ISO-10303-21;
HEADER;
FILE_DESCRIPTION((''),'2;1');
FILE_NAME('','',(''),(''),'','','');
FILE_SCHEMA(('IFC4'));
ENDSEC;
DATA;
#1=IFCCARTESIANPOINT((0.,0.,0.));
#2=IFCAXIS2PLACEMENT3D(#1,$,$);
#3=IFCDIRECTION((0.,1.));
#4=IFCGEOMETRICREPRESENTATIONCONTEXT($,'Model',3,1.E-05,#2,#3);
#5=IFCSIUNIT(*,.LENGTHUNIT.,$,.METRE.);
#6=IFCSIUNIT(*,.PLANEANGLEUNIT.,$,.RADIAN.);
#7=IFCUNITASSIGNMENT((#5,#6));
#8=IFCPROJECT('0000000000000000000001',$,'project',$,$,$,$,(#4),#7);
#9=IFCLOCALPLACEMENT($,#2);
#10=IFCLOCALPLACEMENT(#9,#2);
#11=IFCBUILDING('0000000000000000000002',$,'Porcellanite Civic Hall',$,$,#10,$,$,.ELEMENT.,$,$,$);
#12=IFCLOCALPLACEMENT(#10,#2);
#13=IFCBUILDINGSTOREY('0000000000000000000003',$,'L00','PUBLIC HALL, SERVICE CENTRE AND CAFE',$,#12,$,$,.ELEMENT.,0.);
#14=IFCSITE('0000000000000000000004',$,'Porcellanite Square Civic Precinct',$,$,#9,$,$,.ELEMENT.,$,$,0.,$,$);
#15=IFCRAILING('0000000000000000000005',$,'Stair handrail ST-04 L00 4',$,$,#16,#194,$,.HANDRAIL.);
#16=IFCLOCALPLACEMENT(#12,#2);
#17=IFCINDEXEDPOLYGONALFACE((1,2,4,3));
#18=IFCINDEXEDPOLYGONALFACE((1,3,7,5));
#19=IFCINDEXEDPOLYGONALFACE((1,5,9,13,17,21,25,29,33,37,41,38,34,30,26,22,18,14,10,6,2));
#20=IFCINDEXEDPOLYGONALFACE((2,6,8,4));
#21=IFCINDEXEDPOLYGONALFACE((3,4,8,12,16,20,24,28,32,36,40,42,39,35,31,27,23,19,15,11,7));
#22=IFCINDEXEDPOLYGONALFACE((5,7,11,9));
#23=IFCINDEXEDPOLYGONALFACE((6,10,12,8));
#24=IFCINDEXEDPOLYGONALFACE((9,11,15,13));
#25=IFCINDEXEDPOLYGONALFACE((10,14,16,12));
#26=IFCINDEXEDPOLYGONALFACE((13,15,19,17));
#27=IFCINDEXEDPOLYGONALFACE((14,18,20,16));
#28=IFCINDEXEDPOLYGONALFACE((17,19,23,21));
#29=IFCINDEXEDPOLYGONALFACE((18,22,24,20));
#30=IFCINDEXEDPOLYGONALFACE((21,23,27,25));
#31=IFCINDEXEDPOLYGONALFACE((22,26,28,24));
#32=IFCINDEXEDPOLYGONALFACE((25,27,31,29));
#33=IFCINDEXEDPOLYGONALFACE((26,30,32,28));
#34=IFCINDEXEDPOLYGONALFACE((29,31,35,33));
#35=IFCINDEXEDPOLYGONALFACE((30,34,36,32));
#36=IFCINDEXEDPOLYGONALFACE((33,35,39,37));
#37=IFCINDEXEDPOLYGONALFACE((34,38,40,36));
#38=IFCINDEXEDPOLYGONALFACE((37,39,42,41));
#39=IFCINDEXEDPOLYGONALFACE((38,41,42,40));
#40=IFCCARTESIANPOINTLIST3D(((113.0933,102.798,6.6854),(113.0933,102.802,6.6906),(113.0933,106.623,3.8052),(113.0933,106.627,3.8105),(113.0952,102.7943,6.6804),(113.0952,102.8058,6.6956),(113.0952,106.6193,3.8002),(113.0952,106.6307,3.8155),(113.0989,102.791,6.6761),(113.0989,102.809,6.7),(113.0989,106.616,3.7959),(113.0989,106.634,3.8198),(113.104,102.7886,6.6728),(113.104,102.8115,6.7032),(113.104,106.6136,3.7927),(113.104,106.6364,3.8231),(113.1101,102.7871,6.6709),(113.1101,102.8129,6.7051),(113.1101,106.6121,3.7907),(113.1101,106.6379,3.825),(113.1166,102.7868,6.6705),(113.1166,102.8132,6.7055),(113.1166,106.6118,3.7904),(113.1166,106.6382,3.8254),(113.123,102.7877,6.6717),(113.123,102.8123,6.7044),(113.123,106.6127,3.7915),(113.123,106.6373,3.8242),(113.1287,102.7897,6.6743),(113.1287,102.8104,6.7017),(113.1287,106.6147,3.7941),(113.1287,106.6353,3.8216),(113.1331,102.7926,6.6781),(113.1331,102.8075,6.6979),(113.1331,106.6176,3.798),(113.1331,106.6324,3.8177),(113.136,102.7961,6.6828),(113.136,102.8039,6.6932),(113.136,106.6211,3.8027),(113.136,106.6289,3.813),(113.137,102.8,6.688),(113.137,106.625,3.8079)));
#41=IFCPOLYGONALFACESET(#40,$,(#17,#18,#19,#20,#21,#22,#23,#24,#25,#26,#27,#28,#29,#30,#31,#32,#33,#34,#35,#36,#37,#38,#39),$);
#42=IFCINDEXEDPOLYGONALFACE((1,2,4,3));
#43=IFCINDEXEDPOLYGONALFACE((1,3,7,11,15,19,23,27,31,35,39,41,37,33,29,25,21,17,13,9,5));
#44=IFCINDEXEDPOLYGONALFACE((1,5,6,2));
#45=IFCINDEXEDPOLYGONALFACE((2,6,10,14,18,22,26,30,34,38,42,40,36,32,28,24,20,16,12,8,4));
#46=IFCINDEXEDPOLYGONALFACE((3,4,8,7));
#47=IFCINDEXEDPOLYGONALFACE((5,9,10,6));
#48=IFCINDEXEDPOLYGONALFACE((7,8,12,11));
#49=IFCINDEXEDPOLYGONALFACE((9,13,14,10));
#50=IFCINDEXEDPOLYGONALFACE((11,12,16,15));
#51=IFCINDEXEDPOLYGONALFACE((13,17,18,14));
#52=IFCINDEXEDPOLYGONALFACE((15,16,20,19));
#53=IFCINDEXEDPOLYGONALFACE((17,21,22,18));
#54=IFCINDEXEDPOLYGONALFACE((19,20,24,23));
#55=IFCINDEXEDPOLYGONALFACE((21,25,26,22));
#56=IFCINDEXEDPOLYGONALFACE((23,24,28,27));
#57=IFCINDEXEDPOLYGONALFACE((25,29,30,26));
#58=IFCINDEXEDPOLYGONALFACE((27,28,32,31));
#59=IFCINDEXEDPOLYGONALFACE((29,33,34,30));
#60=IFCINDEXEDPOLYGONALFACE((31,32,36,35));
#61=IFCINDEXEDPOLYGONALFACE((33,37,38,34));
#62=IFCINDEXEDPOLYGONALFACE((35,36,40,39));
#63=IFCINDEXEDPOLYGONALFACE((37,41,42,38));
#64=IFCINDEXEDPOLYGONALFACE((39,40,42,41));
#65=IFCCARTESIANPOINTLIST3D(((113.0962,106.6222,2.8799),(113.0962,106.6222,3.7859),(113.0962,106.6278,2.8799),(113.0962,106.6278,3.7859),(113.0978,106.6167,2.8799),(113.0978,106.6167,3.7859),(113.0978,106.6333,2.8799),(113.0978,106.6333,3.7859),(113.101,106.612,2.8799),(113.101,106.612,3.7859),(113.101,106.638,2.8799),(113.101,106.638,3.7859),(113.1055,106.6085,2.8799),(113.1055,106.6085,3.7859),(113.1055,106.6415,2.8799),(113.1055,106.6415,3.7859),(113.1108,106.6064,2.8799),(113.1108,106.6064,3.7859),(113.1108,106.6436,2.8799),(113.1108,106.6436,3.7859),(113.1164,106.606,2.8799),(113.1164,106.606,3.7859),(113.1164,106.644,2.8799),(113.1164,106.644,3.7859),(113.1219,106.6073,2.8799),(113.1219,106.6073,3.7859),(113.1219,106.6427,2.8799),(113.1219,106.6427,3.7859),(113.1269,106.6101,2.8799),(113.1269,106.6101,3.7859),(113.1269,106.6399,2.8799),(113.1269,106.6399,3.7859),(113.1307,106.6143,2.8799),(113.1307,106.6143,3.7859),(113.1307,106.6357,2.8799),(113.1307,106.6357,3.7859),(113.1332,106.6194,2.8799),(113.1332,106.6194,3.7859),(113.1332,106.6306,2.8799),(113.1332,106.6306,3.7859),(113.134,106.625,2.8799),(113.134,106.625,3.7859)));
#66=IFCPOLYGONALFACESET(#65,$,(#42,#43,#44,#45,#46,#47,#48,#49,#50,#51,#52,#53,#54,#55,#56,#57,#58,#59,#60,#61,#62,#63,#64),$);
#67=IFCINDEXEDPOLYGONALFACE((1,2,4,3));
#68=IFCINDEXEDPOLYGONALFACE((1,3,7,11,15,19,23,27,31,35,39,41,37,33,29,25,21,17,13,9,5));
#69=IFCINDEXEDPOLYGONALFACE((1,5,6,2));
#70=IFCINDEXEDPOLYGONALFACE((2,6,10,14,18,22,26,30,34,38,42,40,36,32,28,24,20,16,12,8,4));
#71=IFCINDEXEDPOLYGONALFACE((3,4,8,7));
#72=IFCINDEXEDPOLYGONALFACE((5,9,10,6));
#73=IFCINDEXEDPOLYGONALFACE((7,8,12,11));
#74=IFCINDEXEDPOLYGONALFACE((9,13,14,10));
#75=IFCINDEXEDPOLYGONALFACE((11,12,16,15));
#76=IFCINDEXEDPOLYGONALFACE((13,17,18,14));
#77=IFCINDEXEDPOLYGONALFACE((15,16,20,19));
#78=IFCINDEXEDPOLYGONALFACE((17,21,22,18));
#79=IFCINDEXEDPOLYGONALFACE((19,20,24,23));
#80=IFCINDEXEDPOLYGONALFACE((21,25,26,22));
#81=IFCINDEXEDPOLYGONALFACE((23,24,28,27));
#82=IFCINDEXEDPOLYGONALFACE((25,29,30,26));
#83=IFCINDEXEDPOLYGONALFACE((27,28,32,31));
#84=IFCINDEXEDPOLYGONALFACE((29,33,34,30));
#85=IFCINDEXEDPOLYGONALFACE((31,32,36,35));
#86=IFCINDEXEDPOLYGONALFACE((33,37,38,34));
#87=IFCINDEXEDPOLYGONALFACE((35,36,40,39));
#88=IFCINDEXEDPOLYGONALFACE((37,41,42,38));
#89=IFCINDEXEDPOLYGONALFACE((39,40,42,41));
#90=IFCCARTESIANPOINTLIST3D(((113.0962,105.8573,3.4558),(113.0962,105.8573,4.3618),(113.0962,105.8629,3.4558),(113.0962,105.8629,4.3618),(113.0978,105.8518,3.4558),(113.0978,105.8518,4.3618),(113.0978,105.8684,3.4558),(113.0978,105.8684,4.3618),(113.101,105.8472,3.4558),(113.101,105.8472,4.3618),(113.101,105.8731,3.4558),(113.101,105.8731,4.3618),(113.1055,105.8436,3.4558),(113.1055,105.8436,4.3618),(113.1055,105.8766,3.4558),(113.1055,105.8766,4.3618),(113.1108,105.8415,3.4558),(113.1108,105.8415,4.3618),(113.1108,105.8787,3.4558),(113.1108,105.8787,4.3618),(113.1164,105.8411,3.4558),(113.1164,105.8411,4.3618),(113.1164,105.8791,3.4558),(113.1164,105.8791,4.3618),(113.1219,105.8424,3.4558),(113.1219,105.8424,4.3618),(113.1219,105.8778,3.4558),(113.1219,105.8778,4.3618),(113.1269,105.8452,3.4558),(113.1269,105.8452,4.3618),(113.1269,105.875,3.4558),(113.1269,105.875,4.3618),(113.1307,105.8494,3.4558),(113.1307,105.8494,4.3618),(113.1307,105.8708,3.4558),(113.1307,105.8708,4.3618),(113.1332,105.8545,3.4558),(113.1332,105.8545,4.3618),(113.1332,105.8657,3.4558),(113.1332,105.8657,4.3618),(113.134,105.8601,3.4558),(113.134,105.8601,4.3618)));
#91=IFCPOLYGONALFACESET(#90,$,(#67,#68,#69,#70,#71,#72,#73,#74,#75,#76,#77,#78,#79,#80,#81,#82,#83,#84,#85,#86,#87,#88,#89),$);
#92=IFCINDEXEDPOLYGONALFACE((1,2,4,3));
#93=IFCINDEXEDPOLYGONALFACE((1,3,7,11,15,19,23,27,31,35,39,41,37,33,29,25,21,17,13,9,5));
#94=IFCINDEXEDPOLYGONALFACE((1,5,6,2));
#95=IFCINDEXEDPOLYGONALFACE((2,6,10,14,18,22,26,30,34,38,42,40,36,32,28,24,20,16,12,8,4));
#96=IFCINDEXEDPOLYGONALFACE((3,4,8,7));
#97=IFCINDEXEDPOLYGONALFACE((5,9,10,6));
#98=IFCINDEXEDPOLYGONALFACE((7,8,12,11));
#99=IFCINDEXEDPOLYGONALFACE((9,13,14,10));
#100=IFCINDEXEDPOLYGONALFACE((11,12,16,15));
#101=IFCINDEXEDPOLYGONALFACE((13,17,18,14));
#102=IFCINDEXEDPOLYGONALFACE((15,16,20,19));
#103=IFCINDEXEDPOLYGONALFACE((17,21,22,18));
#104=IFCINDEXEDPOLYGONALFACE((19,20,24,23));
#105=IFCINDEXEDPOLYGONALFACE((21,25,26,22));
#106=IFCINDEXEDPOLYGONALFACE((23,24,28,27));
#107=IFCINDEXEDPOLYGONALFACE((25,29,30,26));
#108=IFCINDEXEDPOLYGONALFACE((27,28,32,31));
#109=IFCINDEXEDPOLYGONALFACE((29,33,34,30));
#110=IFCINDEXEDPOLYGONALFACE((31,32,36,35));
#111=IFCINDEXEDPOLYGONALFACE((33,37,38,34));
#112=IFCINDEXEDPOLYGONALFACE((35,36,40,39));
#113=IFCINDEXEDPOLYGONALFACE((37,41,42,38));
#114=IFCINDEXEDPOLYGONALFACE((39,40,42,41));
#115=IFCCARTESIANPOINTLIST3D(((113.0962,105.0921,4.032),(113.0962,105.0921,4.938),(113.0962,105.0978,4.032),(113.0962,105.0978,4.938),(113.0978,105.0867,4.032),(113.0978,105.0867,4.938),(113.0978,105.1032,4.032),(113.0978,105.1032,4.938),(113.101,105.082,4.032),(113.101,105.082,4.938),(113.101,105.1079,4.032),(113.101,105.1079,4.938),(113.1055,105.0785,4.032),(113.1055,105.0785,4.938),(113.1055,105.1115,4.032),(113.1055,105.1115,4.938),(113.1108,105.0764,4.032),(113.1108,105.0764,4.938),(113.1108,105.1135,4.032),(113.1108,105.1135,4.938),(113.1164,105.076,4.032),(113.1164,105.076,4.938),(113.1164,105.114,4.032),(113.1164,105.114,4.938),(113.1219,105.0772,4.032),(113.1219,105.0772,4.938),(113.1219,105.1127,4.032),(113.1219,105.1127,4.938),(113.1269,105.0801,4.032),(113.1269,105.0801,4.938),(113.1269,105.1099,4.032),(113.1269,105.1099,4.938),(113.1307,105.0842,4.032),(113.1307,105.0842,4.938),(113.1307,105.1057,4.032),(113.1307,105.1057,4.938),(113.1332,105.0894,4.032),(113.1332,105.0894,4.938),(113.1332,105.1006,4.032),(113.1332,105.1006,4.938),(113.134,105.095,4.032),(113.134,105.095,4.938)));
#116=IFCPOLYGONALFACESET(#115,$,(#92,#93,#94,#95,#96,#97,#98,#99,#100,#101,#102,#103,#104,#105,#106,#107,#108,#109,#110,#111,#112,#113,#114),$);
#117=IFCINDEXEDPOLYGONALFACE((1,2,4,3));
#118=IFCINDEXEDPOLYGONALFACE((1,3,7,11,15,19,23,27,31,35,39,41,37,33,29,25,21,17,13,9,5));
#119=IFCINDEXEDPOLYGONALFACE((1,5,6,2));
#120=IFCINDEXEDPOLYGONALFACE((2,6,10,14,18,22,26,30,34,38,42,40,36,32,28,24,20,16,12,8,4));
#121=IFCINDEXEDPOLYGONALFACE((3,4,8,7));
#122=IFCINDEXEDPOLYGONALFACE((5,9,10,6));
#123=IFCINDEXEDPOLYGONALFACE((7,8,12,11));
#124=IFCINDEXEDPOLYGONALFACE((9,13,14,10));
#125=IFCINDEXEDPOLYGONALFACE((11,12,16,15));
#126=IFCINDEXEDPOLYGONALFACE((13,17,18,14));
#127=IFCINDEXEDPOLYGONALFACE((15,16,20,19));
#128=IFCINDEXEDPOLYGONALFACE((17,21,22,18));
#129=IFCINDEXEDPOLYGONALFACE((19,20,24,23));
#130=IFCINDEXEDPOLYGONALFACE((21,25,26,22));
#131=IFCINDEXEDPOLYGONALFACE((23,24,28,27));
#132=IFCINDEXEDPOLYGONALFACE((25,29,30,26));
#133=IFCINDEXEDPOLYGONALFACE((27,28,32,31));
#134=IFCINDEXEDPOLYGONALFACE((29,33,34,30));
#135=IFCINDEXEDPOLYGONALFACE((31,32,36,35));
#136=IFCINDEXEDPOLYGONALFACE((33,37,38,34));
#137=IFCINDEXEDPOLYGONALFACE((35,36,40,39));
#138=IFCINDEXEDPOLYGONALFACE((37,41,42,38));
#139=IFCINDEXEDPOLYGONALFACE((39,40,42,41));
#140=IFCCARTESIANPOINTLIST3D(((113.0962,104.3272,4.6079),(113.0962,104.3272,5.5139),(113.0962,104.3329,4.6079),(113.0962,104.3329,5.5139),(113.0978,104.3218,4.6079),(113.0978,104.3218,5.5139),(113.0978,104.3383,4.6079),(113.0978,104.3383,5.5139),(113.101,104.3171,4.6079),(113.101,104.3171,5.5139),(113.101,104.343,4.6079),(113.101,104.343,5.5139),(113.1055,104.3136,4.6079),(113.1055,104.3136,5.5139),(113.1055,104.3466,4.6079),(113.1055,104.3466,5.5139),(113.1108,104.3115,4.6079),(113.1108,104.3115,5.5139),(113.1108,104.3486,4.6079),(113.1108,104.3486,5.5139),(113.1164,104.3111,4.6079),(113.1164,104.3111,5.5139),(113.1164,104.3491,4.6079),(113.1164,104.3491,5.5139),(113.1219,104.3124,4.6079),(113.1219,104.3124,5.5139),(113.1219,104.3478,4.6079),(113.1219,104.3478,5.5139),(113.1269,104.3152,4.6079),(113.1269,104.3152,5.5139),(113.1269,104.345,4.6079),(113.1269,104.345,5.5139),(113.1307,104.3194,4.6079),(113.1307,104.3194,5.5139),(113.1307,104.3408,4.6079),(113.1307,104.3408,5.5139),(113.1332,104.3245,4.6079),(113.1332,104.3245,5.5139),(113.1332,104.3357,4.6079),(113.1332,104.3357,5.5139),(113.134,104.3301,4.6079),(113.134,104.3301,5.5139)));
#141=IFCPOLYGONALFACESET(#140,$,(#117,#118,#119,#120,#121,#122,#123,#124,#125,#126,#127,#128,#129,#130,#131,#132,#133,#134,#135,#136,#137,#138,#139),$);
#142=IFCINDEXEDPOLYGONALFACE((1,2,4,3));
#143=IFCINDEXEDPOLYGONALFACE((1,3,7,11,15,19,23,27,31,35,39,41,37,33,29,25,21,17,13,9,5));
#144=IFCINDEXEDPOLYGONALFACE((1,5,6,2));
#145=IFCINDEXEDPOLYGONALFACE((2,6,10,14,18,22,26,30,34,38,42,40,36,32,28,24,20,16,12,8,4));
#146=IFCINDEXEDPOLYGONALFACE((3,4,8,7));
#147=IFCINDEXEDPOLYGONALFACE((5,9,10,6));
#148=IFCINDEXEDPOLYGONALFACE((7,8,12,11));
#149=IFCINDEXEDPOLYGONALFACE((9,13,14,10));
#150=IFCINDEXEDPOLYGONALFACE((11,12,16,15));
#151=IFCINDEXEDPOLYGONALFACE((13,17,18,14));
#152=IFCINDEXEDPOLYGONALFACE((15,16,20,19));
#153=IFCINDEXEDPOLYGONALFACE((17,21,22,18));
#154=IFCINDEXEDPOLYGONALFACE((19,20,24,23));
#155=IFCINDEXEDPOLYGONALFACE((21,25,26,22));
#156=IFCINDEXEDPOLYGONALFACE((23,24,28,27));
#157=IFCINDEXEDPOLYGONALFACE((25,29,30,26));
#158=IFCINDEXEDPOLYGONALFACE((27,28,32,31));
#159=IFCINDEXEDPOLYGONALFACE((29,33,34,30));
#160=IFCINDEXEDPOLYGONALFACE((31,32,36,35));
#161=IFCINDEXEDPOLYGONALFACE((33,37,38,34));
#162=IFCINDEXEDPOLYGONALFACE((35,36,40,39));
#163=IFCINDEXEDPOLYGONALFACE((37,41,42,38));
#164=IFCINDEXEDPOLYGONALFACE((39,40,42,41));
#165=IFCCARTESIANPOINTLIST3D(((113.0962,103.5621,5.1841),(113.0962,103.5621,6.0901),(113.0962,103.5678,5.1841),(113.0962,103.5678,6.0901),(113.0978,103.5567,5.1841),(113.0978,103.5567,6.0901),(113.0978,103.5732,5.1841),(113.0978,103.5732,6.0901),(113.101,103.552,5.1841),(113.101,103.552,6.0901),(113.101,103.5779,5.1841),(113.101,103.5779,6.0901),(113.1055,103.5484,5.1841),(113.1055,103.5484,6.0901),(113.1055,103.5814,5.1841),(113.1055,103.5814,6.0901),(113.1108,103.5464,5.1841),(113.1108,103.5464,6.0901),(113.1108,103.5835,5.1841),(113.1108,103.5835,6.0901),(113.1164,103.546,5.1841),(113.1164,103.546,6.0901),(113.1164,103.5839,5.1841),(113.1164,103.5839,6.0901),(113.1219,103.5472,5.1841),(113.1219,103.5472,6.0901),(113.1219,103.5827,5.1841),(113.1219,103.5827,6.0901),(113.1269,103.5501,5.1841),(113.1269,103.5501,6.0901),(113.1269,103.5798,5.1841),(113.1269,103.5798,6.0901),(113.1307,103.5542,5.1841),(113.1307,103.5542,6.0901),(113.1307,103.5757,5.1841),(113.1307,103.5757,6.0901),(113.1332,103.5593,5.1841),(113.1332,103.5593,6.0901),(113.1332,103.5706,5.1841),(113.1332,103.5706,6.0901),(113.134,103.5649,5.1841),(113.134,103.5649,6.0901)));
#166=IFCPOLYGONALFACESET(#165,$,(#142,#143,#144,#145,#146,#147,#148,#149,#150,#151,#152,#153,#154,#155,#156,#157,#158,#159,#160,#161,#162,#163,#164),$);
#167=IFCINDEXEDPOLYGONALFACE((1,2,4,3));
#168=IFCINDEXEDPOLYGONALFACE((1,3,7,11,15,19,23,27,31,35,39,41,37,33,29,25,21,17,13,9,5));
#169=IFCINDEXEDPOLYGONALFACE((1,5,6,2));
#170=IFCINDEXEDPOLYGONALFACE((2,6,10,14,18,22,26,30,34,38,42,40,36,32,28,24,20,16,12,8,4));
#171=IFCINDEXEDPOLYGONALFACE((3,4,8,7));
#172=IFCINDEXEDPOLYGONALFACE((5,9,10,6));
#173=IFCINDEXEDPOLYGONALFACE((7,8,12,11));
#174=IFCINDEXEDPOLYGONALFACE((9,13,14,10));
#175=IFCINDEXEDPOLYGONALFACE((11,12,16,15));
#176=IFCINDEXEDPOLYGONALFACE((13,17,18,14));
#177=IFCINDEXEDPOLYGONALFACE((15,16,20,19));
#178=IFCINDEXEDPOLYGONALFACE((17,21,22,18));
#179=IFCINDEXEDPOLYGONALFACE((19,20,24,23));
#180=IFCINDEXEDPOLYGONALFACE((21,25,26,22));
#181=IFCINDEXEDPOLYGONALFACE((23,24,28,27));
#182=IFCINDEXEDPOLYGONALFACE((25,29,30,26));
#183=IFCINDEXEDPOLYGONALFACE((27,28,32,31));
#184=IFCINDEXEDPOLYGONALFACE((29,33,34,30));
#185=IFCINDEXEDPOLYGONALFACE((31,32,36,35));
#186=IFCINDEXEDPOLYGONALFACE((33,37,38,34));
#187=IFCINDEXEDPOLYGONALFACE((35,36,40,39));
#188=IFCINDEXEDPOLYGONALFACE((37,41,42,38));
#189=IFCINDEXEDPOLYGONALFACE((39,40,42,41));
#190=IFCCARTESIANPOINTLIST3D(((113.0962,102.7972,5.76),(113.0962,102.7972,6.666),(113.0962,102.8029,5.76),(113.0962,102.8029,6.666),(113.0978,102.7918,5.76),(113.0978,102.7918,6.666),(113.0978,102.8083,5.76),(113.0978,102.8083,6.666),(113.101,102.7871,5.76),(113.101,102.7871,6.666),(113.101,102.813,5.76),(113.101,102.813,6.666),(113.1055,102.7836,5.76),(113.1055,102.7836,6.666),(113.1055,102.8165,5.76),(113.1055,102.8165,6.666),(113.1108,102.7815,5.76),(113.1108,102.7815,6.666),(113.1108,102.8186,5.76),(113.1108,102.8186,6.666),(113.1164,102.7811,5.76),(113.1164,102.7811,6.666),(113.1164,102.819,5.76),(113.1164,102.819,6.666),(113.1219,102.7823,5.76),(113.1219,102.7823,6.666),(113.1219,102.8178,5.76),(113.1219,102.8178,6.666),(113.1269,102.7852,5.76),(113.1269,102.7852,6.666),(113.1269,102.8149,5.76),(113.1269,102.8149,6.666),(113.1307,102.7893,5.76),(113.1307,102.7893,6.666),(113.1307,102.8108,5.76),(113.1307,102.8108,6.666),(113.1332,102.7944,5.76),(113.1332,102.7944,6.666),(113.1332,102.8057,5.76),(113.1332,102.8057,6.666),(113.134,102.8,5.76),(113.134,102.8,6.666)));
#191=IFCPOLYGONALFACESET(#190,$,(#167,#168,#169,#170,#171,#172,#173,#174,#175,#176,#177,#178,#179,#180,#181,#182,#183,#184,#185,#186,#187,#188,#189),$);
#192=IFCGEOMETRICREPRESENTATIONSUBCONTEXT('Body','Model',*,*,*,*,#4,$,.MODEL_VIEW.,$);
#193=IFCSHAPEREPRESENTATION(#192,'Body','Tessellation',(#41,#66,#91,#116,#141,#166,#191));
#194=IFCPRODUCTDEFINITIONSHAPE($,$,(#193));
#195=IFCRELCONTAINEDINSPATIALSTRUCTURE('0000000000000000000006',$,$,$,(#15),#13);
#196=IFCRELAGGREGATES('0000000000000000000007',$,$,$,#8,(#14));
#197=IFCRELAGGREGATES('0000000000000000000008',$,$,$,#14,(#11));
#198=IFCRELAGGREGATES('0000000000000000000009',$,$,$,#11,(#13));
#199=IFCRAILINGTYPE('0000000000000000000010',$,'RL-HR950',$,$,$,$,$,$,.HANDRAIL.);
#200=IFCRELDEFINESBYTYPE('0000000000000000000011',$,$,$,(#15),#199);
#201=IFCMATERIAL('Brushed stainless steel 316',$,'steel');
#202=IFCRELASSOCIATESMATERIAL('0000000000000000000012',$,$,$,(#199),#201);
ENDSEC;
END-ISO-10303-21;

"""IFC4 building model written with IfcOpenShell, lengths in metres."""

from ifc_helpers import new_model, si_unit, direction, frame, origin, origin_2d, place, context, subcontext, project, spatial, circle, extrude, material, type_object, element, save


model = new_model("IFC4")

# Units and contexts
model_context = context("Model", 3, precision=1e-05, world=origin(), true_north=direction((0.0, 1.0)))
body_context = subcontext(model_context, "Body", "Model", "MODEL_VIEW")
ifc_project = project(units=[si_unit("LENGTHUNIT", "METRE"), si_unit("PLANEANGLEUNIT", "RADIAN")], contexts=[model_context])

# Site, building, storey
site_placement = place(None, origin())
site = spatial("IfcSite", under=ifc_project, at=site_placement, Name="Porcellanite Square Civic Precinct", CompositionType="ELEMENT", RefElevation=0.0)
building_placement = place(site_placement, origin())
building = spatial("IfcBuilding", under=site, at=building_placement, Name="Porcellanite Civic Hall", CompositionType="ELEMENT")
storey_placement = place(building_placement, origin())
storey = spatial("IfcBuildingStorey", under=building, at=storey_placement, Name="L00", Description="PUBLIC HALL, SERVICE CENTRE AND CAFE", CompositionType="ELEMENT", Elevation=0.0)

# Railing
ifc_material_1 = material(Name="Brushed stainless steel 316", Category="steel")
railing_type_1 = type_object("IfcRailingType", Name="RL-HR950", PredefinedType="HANDRAIL", material=ifc_material_1)
railing_1_placement = place(storey_placement, frame((113.115, 106.625, 2.8799)))
element("IfcRailing", 1, at=railing_1_placement, inside=storey, type_object=railing_type_1, Name="Stair handrail ST-04 L00 4", PredefinedType="HANDRAIL", context=body_context, shape_type="SweptSolid", body=[
    extrude(circle(Radius=0.022, at=origin_2d()), frame((0.0, 0.0, 0.928), z_axis=(0.0, -0.798854, 0.601525), x_axis=(1.0, 0.0, 0.0)), (0.0, 0.0, 1.0), 4.7881),
    extrude(circle(Radius=0.019, at=origin_2d()), origin(), (0.0, 0.0, 1.0), 0.906),
    extrude(circle(Radius=0.019, at=origin_2d()), frame((0.0, -0.7649, 0.5759)), (0.0, 0.0, 1.0), 0.906),
    extrude(circle(Radius=0.019, at=origin_2d()), frame((0.0, -1.53, 1.1521)), (0.0, 0.0, 1.0), 0.906),
    extrude(circle(Radius=0.019, at=origin_2d()), frame((0.0, -2.2949, 1.728)), (0.0, 0.0, 1.0), 0.906),
    extrude(circle(Radius=0.019, at=origin_2d()), frame((0.0, -3.0601, 2.3042)), (0.0, 0.0, 1.0), 0.906),
    extrude(circle(Radius=0.019, at=origin_2d()), frame((0.0, -3.825, 2.8801)), (0.0, 0.0, 1.0), 0.906),
])

save(model, "model.ifc")
